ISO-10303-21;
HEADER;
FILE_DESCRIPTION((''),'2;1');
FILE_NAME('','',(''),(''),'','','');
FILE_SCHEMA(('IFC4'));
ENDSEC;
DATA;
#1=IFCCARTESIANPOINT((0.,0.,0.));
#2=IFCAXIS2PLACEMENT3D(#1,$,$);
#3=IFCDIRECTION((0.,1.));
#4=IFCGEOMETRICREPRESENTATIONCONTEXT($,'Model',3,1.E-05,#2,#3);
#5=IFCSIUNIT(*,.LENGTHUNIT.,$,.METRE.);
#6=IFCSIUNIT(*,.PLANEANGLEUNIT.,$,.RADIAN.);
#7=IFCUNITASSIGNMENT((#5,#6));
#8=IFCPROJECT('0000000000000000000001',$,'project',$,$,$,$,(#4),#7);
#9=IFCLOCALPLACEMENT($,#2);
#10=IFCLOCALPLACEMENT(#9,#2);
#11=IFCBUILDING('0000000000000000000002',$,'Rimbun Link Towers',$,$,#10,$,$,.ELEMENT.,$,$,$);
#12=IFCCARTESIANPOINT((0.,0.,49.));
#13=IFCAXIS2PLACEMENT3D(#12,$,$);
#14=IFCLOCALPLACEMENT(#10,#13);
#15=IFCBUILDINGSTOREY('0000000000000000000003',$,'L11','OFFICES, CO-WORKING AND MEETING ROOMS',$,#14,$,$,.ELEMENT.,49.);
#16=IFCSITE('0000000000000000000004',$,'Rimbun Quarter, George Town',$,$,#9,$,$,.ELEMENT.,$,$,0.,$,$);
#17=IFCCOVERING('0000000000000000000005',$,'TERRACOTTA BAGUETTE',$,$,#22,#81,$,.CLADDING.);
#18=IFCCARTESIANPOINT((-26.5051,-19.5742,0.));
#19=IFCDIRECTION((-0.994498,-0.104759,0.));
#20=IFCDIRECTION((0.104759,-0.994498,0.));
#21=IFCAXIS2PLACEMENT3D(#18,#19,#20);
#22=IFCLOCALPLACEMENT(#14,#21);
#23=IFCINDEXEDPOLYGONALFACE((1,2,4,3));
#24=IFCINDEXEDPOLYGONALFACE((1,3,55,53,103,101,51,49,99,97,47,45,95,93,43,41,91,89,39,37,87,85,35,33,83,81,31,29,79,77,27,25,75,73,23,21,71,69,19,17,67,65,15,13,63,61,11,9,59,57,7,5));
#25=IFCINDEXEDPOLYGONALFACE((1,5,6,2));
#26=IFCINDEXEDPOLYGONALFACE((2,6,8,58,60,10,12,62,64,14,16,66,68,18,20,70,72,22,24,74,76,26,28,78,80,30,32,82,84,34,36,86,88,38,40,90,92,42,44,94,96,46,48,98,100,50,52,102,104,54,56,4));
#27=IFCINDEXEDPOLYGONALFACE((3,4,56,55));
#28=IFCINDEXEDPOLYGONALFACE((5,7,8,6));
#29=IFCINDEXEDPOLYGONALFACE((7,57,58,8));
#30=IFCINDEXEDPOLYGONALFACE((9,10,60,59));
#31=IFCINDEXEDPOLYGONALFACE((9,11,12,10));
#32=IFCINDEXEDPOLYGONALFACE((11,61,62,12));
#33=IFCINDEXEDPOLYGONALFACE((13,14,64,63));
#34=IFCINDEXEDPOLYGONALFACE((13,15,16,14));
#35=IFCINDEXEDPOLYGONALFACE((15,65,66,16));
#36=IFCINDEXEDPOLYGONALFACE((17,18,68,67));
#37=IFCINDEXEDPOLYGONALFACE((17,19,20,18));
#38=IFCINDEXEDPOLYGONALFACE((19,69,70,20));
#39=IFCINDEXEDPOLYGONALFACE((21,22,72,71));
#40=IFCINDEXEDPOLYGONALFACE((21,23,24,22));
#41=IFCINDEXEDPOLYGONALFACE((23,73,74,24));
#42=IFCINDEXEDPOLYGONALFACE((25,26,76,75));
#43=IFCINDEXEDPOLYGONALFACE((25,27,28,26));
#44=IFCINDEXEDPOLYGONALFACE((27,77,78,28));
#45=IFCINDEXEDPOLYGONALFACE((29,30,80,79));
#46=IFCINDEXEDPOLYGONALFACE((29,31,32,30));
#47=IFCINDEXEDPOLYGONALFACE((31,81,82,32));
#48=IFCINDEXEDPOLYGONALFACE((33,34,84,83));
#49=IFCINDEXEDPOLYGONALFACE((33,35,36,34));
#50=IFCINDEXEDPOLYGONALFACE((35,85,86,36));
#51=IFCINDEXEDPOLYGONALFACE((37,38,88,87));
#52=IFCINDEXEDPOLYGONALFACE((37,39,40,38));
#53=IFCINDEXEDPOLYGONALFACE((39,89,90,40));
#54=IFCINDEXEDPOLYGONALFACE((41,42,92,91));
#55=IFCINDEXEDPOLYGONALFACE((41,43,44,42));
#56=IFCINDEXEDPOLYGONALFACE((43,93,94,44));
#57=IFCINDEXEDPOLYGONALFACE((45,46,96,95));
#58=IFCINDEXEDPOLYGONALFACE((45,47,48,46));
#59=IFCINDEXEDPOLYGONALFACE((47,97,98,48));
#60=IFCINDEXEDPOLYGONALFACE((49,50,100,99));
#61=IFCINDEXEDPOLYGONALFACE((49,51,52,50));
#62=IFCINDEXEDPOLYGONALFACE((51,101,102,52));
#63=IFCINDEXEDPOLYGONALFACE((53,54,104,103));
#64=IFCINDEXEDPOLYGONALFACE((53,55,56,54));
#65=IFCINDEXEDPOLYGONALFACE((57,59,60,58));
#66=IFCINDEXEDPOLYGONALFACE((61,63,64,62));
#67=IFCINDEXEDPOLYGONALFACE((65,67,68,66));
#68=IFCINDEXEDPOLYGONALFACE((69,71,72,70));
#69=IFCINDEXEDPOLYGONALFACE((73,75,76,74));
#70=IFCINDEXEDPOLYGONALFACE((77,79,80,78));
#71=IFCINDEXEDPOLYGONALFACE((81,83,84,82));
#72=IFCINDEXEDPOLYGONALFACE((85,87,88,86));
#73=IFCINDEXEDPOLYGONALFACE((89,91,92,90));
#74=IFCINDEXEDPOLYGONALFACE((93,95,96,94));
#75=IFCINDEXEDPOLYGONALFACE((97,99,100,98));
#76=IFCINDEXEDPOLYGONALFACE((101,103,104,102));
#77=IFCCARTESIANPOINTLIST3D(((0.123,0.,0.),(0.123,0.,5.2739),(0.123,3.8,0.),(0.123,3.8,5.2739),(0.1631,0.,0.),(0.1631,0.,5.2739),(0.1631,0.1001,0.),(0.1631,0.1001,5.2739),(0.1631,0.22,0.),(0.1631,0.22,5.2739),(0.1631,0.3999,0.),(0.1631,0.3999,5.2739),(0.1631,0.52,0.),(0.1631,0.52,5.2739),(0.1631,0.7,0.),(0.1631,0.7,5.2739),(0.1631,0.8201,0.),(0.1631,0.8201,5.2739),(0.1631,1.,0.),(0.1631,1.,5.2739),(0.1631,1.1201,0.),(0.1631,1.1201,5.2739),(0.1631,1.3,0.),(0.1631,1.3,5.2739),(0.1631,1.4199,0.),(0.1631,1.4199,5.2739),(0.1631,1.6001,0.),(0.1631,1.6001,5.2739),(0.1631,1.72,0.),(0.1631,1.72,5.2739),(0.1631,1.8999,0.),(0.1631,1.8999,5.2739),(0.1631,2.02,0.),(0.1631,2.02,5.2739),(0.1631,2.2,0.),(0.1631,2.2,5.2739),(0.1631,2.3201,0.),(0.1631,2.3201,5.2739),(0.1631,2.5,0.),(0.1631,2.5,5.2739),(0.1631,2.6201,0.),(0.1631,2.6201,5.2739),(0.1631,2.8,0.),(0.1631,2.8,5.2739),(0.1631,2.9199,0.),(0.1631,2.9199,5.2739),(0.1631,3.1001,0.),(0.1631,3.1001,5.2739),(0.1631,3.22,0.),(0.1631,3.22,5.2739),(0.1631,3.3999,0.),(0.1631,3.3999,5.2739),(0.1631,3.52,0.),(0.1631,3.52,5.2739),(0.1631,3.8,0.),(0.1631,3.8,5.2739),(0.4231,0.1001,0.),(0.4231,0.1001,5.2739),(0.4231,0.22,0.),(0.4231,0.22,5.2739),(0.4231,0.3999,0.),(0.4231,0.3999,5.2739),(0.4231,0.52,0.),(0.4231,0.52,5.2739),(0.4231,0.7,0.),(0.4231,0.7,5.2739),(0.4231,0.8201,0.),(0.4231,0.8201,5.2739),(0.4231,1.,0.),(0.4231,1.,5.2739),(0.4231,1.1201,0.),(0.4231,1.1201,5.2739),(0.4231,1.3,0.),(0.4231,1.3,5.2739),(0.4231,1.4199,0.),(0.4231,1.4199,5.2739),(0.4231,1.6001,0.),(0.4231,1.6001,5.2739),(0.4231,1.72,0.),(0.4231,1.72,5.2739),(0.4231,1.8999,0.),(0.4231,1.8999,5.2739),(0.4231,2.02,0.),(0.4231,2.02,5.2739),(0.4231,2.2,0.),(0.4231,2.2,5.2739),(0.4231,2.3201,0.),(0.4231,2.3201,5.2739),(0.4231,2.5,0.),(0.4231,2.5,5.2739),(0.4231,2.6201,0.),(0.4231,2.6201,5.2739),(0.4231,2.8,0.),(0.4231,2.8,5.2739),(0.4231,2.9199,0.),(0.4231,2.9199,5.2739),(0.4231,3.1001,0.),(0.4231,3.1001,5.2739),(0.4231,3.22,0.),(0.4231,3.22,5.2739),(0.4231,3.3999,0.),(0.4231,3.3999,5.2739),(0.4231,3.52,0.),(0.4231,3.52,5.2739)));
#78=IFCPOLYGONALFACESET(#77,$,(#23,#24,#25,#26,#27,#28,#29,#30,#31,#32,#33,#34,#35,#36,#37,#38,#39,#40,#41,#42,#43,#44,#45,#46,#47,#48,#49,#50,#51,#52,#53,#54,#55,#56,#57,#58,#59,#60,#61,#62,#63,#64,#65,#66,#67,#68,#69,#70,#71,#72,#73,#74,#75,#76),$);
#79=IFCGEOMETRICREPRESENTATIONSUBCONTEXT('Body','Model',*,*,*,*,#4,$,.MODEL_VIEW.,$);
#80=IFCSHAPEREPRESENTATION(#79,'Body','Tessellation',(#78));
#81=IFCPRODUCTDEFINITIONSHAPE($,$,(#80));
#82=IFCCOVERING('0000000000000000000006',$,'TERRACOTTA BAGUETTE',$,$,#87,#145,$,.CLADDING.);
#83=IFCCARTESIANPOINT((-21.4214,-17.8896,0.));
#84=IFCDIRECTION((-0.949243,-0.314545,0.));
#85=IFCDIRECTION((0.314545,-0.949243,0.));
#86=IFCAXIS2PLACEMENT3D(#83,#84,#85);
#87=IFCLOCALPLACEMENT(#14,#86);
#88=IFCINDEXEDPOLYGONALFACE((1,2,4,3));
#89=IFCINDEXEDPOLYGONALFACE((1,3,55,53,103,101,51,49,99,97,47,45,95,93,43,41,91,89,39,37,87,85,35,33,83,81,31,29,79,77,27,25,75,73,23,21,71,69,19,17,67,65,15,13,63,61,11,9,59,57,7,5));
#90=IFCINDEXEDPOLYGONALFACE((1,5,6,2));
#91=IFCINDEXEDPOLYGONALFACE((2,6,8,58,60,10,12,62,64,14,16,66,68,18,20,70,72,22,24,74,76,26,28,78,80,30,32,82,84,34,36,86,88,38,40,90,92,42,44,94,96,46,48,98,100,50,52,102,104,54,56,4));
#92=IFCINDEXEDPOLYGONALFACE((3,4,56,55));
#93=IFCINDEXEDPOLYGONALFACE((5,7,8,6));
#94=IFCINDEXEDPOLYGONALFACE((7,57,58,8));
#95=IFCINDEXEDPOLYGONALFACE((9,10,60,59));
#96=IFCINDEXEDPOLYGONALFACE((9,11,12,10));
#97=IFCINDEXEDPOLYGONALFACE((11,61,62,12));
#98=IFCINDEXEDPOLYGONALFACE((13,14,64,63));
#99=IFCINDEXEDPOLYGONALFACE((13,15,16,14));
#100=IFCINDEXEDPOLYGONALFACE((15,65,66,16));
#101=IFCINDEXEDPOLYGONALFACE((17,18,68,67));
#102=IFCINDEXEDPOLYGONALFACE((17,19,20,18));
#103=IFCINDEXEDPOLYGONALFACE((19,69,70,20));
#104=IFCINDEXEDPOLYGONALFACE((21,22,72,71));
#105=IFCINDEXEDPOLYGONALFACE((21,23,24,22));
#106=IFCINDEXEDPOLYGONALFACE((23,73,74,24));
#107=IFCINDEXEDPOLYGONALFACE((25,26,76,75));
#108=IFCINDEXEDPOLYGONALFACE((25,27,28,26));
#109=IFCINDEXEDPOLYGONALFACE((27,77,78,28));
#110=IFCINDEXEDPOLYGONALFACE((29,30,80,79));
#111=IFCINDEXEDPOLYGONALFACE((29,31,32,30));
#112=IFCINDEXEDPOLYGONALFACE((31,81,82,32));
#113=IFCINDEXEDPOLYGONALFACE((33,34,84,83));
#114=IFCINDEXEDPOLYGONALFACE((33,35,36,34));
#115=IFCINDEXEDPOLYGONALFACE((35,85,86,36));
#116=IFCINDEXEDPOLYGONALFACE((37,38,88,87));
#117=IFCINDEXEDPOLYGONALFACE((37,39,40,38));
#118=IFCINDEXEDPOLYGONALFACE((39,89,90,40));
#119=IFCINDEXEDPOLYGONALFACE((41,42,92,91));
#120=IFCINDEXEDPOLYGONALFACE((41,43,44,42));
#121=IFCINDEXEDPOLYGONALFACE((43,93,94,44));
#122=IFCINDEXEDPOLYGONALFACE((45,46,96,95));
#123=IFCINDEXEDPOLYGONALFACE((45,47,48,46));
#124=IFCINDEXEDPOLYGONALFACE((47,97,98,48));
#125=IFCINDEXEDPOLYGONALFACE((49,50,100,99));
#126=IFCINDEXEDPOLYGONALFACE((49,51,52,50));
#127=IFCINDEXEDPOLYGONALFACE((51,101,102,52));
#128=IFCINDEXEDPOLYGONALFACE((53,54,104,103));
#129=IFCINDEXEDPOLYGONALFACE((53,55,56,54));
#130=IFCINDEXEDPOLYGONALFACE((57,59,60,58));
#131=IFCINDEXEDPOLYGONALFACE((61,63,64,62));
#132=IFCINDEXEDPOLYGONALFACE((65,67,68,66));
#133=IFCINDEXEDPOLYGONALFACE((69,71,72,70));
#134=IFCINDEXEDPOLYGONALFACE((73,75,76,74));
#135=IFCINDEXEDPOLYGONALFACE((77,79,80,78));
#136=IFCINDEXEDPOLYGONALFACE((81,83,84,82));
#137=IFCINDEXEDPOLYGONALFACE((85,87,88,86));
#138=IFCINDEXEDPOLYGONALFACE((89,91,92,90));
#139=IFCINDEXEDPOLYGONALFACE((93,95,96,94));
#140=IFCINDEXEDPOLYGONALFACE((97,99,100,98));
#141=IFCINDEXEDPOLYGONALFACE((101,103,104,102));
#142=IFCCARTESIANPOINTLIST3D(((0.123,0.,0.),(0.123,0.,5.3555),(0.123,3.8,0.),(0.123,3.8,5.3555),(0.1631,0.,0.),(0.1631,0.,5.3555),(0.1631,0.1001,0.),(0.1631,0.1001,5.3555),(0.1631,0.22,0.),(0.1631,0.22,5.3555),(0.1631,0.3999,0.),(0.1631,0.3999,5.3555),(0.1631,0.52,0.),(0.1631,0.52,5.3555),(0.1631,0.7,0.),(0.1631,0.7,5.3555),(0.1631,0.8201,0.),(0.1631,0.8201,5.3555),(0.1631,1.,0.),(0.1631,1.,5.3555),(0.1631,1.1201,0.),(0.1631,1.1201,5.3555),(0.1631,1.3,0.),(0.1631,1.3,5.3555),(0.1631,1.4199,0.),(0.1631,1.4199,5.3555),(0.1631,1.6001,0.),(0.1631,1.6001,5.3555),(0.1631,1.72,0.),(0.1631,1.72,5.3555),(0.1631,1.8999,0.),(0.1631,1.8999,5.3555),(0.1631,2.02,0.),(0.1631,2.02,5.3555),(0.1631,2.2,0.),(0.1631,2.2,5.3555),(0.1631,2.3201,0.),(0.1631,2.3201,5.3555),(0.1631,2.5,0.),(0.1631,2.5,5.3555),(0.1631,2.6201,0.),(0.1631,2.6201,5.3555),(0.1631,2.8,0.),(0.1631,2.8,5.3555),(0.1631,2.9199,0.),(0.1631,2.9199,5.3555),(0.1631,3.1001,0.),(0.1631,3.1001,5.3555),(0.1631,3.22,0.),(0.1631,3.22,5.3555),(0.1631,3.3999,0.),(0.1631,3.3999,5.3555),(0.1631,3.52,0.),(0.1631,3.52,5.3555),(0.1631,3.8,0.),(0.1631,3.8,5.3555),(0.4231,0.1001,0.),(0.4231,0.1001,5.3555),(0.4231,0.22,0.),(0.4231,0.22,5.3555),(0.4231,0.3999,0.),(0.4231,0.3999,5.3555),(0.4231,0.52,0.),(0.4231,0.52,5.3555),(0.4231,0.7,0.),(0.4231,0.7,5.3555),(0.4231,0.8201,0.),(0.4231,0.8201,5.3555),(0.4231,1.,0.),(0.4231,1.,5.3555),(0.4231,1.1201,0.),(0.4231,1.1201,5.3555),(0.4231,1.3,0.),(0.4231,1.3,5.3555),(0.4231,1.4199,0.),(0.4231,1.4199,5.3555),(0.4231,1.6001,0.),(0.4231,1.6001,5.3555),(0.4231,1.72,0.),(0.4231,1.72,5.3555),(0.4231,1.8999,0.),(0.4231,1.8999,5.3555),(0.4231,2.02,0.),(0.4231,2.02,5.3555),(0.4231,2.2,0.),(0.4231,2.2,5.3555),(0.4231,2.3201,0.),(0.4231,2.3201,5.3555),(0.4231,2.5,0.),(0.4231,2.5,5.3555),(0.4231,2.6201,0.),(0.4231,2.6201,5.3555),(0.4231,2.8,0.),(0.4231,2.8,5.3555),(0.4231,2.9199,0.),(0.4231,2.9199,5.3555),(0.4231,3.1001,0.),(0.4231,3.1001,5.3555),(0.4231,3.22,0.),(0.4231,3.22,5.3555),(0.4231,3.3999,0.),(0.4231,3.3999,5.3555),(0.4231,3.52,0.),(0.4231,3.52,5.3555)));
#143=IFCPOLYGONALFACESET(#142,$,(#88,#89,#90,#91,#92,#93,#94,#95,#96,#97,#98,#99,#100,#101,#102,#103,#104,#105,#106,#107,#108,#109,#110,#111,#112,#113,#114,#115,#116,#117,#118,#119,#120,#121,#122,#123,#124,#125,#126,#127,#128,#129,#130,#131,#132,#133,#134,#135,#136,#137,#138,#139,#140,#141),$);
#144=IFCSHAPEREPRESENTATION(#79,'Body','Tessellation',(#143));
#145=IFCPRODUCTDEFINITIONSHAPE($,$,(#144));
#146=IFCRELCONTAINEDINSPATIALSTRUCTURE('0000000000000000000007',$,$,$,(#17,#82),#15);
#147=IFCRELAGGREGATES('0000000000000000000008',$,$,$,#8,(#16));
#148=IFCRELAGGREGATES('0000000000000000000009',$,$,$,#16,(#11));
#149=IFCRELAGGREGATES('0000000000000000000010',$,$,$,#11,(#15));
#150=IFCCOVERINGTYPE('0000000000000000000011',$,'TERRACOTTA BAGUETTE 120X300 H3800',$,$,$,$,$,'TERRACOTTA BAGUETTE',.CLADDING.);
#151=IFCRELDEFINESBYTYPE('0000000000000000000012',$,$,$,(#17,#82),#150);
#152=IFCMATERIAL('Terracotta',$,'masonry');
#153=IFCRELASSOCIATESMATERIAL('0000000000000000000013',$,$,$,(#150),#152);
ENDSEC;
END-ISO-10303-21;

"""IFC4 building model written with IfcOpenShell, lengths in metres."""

from ifc_helpers import new_model, si_unit, direction, frame, origin, place, context, subcontext, project, spatial, polyline, outline, extrude, material, material_profile, profile_set, type_object, element, save


model = new_model("IFC4")

# Units and contexts
model_context = context("Model", 3, precision=1e-05, world=origin(), true_north=direction((0.0, 1.0)))
body_context = subcontext(model_context, "Body", "Model", "MODEL_VIEW")
ifc_project = project(units=[si_unit("LENGTHUNIT", "METRE"), si_unit("PLANEANGLEUNIT", "RADIAN")], contexts=[model_context])

# Site, building, storey
site_placement = place(None, origin())
site = spatial("IfcSite", under=ifc_project, at=site_placement, Name="Rimbun Quarter, George Town", CompositionType="ELEMENT", RefElevation=0.0)
building_placement = place(site_placement, origin())
building = spatial("IfcBuilding", under=site, at=building_placement, Name="Rimbun Link Towers", CompositionType="ELEMENT")
storey_placement = place(building_placement, frame((0.0, 0.0, 49.0)))
storey = spatial("IfcBuildingStorey", under=building, at=storey_placement, Name="L11", Description="OFFICES, CO-WORKING AND MEETING ROOMS", CompositionType="ELEMENT", Elevation=49.0)

# Coverings
ifc_material_1 = material(Name="Terracotta", Category="masonry")
ifc_material_profile_1 = material_profile(ifc_material_1, outline(polyline([(0.123, 0.0), (0.1631, 0.0), (0.1631, 0.1001), (0.4231, 0.1001), (0.4231, 0.22), (0.1631, 0.22), (0.1631, 0.3999), (0.4231, 0.3999), (0.4231, 0.52), (0.1631, 0.52), (0.1631, 0.7), (0.4231, 0.7), (0.4231, 0.8201), (0.1631, 0.8201), (0.1631, 1.0), (0.4231, 1.0), (0.4231, 1.1201), (0.1631, 1.1201), (0.1631, 1.3), (0.4231, 1.3), (0.4231, 1.4199), (0.1631, 1.4199), (0.1631, 1.6001), (0.4231, 1.6001), (0.4231, 1.72), (0.1631, 1.72), (0.1631, 1.8999), (0.4231, 1.8999), (0.4231, 2.02), (0.1631, 2.02), (0.1631, 2.2), (0.4231, 2.2), (0.4231, 2.3201), (0.1631, 2.3201), (0.1631, 2.5), (0.4231, 2.5), (0.4231, 2.6201), (0.1631, 2.6201), (0.1631, 2.8), (0.4231, 2.8), (0.4231, 2.9199), (0.1631, 2.9199), (0.1631, 3.1001), (0.4231, 3.1001), (0.4231, 3.22), (0.1631, 3.22), (0.1631, 3.3999), (0.4231, 3.3999), (0.4231, 3.52), (0.1631, 3.52), (0.1631, 3.8), (0.123, 3.8), (0.123, 0.0)])), Name="BAGUETTE 120X300")
ifc_profile_set_1 = profile_set([ifc_material_profile_1], Name="Terracotta")
covering_type = type_object("IfcCoveringType", Name="TERRACOTTA BAGUETTE 120X300 H3800", ElementType="TERRACOTTA BAGUETTE", PredefinedType="CLADDING", material=ifc_profile_set_1)
covering_1_placement = place(storey_placement, frame((-26.5051, -19.5742, 0.0), z_axis=(-0.994498, -0.104759, 0.0), x_axis=(0.104759, -0.994498, 0.0)))
element("IfcCovering", 1, at=covering_1_placement, inside=storey, type_object=covering_type, Name="TERRACOTTA BAGUETTE", PredefinedType="CLADDING", context=body_context, shape_type="SweptSolid", body=[
    extrude(outline(polyline([(0.123, 0.0), (0.1631, 0.0), (0.1631, 0.1001), (0.4231, 0.1001), (0.4231, 0.22), (0.1631, 0.22), (0.1631, 0.3999), (0.4231, 0.3999), (0.4231, 0.52), (0.1631, 0.52), (0.1631, 0.7), (0.4231, 0.7), (0.4231, 0.8201), (0.1631, 0.8201), (0.1631, 1.0), (0.4231, 1.0), (0.4231, 1.1201), (0.1631, 1.1201), (0.1631, 1.3), (0.4231, 1.3), (0.4231, 1.4199), (0.1631, 1.4199), (0.1631, 1.6001), (0.4231, 1.6001), (0.4231, 1.72), (0.1631, 1.72), (0.1631, 1.8999), (0.4231, 1.8999), (0.4231, 2.02), (0.1631, 2.02), (0.1631, 2.2), (0.4231, 2.2), (0.4231, 2.3201), (0.1631, 2.3201), (0.1631, 2.5), (0.4231, 2.5), (0.4231, 2.6201), (0.1631, 2.6201), (0.1631, 2.8), (0.4231, 2.8), (0.4231, 2.9199), (0.1631, 2.9199), (0.1631, 3.1001), (0.4231, 3.1001), (0.4231, 3.22), (0.1631, 3.22), (0.1631, 3.3999), (0.4231, 3.3999), (0.4231, 3.52), (0.1631, 3.52), (0.1631, 3.8), (0.123, 3.8), (0.123, 0.0)])), origin(), (0.0, 0.0, 1.0), 5.2739),
])
covering_2_placement = place(storey_placement, frame((-21.4214, -17.8896, 0.0), z_axis=(-0.949243, -0.314545, 0.0), x_axis=(0.314545, -0.949243, 0.0)))
element("IfcCovering", 2, at=covering_2_placement, inside=storey, type_object=covering_type, Name="TERRACOTTA BAGUETTE", PredefinedType="CLADDING", context=body_context, shape_type="SweptSolid", body=[
    extrude(outline(polyline([(0.123, 0.0), (0.1631, 0.0), (0.1631, 0.1001), (0.4231, 0.1001), (0.4231, 0.22), (0.1631, 0.22), (0.1631, 0.3999), (0.4231, 0.3999), (0.4231, 0.52), (0.1631, 0.52), (0.1631, 0.7), (0.4231, 0.7), (0.4231, 0.8201), (0.1631, 0.8201), (0.1631, 1.0), (0.4231, 1.0), (0.4231, 1.1201), (0.1631, 1.1201), (0.1631, 1.3), (0.4231, 1.3), (0.4231, 1.4199), (0.1631, 1.4199), (0.1631, 1.6001), (0.4231, 1.6001), (0.4231, 1.72), (0.1631, 1.72), (0.1631, 1.8999), (0.4231, 1.8999), (0.4231, 2.02), (0.1631, 2.02), (0.1631, 2.2), (0.4231, 2.2), (0.4231, 2.3201), (0.1631, 2.3201), (0.1631, 2.5), (0.4231, 2.5), (0.4231, 2.6201), (0.1631, 2.6201), (0.1631, 2.8), (0.4231, 2.8), (0.4231, 2.9199), (0.1631, 2.9199), (0.1631, 3.1001), (0.4231, 3.1001), (0.4231, 3.22), (0.1631, 3.22), (0.1631, 3.3999), (0.4231, 3.3999), (0.4231, 3.52), (0.1631, 3.52), (0.1631, 3.8), (0.123, 3.8), (0.123, 0.0)])), origin(), (0.0, 0.0, 1.0), 5.3555),
])

save(model, "model.ifc")
